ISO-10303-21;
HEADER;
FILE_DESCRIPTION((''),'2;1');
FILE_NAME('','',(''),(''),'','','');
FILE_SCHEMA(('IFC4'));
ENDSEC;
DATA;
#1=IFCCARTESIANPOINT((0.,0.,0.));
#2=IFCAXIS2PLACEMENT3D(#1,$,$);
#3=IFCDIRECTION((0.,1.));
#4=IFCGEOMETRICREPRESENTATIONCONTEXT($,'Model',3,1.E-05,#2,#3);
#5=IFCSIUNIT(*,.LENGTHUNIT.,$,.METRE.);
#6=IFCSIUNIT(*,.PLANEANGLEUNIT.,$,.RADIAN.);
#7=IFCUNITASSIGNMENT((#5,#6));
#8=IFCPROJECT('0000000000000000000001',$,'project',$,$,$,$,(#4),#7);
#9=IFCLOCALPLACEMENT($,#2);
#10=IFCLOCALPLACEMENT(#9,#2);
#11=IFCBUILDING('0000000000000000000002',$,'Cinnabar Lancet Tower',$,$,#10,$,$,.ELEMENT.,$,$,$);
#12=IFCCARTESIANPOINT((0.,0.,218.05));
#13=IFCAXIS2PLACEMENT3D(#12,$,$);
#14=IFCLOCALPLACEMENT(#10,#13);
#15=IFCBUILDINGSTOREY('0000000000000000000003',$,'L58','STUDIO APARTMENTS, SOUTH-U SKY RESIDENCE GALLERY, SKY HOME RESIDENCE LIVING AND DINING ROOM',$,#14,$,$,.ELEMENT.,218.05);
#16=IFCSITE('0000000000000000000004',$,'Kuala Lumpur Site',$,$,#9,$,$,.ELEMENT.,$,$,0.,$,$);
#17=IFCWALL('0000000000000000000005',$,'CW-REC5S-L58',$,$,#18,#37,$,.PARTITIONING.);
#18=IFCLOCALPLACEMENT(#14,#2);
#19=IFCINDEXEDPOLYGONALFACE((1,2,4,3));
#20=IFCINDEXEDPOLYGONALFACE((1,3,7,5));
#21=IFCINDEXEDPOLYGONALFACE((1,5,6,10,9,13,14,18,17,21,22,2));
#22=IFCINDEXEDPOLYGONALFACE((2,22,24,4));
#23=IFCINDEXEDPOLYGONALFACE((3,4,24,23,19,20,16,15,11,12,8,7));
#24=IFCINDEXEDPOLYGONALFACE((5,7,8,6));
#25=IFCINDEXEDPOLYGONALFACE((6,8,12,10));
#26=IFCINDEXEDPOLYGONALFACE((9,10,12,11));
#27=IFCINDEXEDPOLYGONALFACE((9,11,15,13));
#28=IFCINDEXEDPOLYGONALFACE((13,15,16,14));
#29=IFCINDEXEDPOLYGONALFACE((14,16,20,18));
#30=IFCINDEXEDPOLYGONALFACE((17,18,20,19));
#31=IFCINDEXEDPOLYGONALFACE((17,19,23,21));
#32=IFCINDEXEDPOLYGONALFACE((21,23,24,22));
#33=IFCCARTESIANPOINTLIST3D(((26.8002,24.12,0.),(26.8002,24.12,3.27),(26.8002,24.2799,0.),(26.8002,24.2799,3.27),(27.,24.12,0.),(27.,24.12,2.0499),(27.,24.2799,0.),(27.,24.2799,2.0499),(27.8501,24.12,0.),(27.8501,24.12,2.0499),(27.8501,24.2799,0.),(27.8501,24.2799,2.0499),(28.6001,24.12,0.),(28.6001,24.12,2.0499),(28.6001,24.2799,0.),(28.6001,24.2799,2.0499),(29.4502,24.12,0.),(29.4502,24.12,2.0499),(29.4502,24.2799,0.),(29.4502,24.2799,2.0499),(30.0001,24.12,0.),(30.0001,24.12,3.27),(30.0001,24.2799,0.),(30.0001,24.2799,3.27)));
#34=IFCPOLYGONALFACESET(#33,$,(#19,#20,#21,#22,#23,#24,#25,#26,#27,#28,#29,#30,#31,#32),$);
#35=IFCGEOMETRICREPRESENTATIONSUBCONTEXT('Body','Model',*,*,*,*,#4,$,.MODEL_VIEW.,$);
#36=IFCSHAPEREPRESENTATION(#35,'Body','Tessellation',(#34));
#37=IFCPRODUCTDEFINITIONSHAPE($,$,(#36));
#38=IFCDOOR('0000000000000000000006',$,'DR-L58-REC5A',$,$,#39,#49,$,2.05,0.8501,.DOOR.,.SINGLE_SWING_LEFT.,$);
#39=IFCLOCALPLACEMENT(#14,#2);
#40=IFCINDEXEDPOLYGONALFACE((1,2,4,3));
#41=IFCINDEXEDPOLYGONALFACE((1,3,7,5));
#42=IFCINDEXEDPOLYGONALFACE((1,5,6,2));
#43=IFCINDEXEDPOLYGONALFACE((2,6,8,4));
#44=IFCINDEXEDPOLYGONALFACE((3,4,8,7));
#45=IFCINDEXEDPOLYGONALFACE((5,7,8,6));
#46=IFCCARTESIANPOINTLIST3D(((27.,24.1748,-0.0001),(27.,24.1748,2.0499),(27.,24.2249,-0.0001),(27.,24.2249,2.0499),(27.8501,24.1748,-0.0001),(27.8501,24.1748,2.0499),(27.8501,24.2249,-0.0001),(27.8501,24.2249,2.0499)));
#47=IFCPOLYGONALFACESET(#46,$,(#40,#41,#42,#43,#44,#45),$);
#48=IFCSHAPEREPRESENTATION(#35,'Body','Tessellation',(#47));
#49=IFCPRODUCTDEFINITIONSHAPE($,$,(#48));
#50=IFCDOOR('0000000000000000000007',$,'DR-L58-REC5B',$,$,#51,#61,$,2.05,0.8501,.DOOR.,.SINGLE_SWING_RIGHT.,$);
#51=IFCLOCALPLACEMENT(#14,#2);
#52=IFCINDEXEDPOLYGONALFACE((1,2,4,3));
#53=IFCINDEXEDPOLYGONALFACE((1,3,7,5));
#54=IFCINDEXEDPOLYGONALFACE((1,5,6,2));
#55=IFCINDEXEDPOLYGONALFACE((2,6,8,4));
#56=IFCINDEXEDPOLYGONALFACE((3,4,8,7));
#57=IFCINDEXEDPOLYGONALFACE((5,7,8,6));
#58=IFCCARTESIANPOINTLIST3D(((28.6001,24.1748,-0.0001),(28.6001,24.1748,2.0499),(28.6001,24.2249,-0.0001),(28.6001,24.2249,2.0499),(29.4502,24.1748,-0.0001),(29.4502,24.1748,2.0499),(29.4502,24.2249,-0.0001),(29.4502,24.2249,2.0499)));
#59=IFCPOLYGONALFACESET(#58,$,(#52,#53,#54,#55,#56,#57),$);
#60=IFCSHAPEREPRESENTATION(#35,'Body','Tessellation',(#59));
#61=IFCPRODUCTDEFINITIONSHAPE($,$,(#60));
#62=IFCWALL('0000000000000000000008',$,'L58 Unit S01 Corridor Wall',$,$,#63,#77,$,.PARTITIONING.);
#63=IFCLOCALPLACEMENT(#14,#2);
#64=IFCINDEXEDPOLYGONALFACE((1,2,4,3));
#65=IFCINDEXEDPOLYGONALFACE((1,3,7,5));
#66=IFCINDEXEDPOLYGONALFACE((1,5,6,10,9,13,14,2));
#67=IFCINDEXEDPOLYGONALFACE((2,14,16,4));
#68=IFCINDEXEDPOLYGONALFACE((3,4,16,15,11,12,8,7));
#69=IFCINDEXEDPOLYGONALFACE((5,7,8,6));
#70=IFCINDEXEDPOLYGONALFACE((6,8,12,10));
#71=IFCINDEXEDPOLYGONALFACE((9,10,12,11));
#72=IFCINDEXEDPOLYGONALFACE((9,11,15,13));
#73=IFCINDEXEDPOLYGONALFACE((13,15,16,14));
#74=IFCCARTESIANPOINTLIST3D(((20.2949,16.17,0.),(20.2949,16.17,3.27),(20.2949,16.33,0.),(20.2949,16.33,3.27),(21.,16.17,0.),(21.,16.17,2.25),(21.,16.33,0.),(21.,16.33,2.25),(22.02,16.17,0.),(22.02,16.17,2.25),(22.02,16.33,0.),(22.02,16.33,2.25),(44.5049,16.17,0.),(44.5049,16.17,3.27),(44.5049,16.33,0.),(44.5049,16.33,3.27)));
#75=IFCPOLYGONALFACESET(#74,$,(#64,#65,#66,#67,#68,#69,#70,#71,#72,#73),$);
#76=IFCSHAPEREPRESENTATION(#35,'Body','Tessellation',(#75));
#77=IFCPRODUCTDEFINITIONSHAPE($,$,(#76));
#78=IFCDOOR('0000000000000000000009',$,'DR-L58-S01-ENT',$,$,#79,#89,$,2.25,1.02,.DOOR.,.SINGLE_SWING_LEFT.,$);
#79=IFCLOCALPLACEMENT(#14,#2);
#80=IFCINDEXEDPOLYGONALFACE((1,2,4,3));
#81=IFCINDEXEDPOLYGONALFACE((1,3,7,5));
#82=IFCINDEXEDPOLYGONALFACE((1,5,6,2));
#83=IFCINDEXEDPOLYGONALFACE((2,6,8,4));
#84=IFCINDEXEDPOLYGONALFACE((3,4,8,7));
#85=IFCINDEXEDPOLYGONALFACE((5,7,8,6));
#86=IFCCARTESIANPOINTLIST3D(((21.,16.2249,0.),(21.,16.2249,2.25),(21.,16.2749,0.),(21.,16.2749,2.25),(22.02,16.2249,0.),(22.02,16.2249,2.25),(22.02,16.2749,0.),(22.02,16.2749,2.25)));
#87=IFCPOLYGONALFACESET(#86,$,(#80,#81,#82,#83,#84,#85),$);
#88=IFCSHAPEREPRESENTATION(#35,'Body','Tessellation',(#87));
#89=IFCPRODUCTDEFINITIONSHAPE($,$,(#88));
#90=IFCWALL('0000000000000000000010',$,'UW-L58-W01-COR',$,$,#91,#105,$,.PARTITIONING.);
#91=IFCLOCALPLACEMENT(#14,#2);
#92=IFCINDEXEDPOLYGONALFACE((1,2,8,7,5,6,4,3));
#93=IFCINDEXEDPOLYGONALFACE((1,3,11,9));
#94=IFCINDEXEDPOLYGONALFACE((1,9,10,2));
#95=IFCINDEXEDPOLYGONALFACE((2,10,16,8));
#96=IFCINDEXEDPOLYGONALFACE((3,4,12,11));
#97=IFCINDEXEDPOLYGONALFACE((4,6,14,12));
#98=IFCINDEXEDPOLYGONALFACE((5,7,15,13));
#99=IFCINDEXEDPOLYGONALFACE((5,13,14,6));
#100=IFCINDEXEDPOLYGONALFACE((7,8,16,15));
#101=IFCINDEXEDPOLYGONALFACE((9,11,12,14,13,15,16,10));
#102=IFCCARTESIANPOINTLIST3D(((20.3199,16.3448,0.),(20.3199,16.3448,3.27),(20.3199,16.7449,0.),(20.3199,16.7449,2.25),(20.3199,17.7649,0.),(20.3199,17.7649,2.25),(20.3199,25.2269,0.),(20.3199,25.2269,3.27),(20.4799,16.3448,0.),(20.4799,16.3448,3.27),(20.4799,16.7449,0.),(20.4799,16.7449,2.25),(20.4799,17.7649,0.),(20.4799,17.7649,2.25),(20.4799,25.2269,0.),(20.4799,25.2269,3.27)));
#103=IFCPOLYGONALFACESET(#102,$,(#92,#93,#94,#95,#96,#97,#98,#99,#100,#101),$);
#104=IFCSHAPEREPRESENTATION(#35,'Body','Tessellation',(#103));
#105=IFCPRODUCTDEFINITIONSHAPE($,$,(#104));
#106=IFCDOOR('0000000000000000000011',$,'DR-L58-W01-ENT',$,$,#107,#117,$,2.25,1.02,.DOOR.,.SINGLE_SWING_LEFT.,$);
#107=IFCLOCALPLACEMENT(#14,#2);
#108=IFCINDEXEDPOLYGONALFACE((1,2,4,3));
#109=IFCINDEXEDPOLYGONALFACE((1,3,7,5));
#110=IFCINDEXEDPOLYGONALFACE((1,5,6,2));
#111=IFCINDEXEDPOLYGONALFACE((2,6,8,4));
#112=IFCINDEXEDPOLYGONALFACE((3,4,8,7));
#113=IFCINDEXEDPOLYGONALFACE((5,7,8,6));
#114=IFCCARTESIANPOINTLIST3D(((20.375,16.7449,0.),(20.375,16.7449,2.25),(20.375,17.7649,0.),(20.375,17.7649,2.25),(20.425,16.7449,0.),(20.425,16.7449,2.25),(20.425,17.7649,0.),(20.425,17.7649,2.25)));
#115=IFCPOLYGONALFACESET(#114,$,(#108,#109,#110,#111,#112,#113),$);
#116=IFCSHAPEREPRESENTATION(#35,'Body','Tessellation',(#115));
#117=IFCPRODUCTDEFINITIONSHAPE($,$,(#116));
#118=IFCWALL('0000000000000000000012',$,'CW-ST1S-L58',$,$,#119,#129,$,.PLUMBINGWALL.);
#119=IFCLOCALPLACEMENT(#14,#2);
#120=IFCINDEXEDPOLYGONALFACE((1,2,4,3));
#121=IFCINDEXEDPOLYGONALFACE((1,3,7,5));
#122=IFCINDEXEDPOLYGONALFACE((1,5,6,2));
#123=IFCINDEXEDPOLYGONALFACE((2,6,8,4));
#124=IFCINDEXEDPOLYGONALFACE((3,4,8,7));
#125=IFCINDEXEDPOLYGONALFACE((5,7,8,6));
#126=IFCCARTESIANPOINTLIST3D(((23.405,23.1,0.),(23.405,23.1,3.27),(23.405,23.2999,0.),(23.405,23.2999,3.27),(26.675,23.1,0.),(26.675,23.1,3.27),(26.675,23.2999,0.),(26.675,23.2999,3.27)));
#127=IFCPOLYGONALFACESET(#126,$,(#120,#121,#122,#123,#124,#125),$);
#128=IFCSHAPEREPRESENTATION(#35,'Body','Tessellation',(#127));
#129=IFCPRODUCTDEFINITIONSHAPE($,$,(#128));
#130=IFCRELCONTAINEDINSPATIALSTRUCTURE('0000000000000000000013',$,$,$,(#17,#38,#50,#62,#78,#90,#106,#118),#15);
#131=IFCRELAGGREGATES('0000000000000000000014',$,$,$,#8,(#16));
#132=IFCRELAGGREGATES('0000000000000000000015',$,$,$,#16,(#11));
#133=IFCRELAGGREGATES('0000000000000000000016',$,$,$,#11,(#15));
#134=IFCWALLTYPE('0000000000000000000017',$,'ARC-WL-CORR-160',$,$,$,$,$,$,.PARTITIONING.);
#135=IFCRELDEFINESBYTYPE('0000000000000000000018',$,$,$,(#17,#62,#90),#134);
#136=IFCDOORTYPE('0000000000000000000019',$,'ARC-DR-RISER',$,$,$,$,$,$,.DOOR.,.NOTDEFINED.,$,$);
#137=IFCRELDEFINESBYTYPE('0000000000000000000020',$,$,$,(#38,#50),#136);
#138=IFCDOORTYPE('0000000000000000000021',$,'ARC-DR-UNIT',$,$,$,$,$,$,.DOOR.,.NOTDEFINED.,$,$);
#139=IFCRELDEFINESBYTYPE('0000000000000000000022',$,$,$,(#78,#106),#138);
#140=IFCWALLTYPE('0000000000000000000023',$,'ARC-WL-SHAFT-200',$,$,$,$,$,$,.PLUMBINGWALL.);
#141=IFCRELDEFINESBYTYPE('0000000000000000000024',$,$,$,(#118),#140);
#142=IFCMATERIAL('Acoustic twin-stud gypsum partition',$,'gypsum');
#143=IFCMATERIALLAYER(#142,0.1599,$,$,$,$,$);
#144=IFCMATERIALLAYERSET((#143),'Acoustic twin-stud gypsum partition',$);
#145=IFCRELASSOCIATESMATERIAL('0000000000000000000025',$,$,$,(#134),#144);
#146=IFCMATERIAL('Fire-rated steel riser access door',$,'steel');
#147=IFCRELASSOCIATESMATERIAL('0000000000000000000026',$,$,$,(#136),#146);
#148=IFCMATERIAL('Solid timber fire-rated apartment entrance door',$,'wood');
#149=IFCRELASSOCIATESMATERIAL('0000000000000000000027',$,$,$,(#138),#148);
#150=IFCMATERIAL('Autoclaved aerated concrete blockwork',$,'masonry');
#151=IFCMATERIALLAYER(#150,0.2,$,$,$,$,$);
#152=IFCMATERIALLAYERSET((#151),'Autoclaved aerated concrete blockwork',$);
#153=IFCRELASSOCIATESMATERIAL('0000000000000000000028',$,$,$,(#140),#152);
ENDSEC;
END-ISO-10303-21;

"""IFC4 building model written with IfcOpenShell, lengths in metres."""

from ifc_helpers import new_model, si_unit, direction, frame, frame_2d, origin, place, context, subcontext, project, spatial, rectangle, extrude, material, layer, layer_set, type_object, element, fill, save


model = new_model("IFC4")

# Units and contexts
model_context = context("Model", 3, precision=1e-05, world=origin(), true_north=direction((0.0, 1.0)))
body_context = subcontext(model_context, "Body", "Model", "MODEL_VIEW")
ifc_project = project(units=[si_unit("LENGTHUNIT", "METRE"), si_unit("PLANEANGLEUNIT", "RADIAN")], contexts=[model_context])

# Site, building, storey
site_placement = place(None, origin())
site = spatial("IfcSite", under=ifc_project, at=site_placement, Name="Kuala Lumpur Site", CompositionType="ELEMENT", RefElevation=0.0)
building_placement = place(site_placement, origin())
building = spatial("IfcBuilding", under=site, at=building_placement, Name="Cinnabar Lancet Tower", CompositionType="ELEMENT")
storey_placement = place(building_placement, frame((0.0, 0.0, 218.05)))
storey = spatial("IfcBuildingStorey", under=building, at=storey_placement, Name="L58", Description="STUDIO APARTMENTS, SOUTH-U SKY RESIDENCE GALLERY, SKY HOME RESIDENCE LIVING AND DINING ROOM", CompositionType="ELEMENT", Elevation=218.05)

# Wall, openings, doors
ifc_material_1 = material(Name="Acoustic twin-stud gypsum partition", Category="gypsum")
ifc_layer_1 = layer(ifc_material_1, 0.1599)
ifc_layer_set_1 = layer_set([ifc_layer_1], Name="Acoustic twin-stud gypsum partition")
wall_type_1 = type_object("IfcWallType", Name="ARC-WL-CORR-160", PredefinedType="PARTITIONING", material=ifc_layer_set_1)
wall_1_placement = place(storey_placement, frame((26.8, 24.2, 0.0), z_axis=(0.0, 0.0, 1.0), x_axis=(1.0, 0.0, 0.0)))
wall_1 = element("IfcWall", 1, at=wall_1_placement, inside=storey, type_object=wall_type_1, Name="CW-REC5S-L58", PredefinedType="PARTITIONING", context=body_context, shape_type="SweptSolid", body=[
    extrude(rectangle(XDim=3.2, YDim=0.1599, at=frame_2d((1.6001, 0.0))), origin(), (0.0, 0.0, 1.0), 3.27),
])
opening_1_placement = place(wall_1_placement, frame((0.2, 0.0, 0.0)))
opening_1 = element("IfcOpeningElement", 2, at=opening_1_placement, cuts=wall_1, PredefinedType="OPENING", context=body_context, shape_type="SweptSolid", body=[
    extrude(rectangle(XDim=0.8501, YDim=2.05, at=frame_2d((0.425, 1.0249))), frame((0.0, 0.0898, 0.0), z_axis=(0.0, -1.0, 0.0), x_axis=(1.0, 0.0, 0.0)), (0.0, 0.0, 1.0), 0.1799),
])
opening_2_placement = place(wall_1_placement, frame((1.8, 0.0, 0.0)))
opening_2 = element("IfcOpeningElement", 3, at=opening_2_placement, cuts=wall_1, PredefinedType="OPENING", context=body_context, shape_type="SweptSolid", body=[
    extrude(rectangle(XDim=0.8501, YDim=2.05, at=frame_2d((0.425, 1.0249))), frame((0.0, 0.0898, 0.0), z_axis=(0.0, -1.0, 0.0), x_axis=(1.0, 0.0, 0.0)), (0.0, 0.0, 1.0), 0.1799),
])
ifc_material_2 = material(Name="Fire-rated steel riser access door", Category="steel")
door_type_1 = type_object("IfcDoorType", Name="ARC-DR-RISER", OperationType="NOTDEFINED", PredefinedType="DOOR", material=ifc_material_2)
door_1_placement = place(opening_1_placement, origin())
door_1 = element("IfcDoor", 4, at=door_1_placement, inside=storey, type_object=door_type_1, Name="DR-L58-REC5A", OperationType="SINGLE_SWING_LEFT", OverallHeight=2.05, OverallWidth=0.8501, PredefinedType="DOOR", context=body_context, shape_type="SweptSolid", body=[
    extrude(rectangle(XDim=0.8501, YDim=2.05, at=frame_2d((0.425, 1.0249))), frame((0.0, 0.0249, 0.0), z_axis=(0.0, -1.0, 0.0), x_axis=(1.0, 0.0, 0.0)), (0.0, 0.0, 1.0), 0.05),
])
fill(opening_1, door_1)
door_2_placement = place(opening_2_placement, origin())
door_2 = element("IfcDoor", 5, at=door_2_placement, inside=storey, type_object=door_type_1, Name="DR-L58-REC5B", OperationType="SINGLE_SWING_RIGHT", OverallHeight=2.05, OverallWidth=0.8501, PredefinedType="DOOR", context=body_context, shape_type="SweptSolid", body=[
    extrude(rectangle(XDim=0.8501, YDim=2.05, at=frame_2d((0.425, 1.0249))), frame((0.0, 0.0249, 0.0), z_axis=(0.0, -1.0, 0.0), x_axis=(1.0, 0.0, 0.0)), (0.0, 0.0, 1.0), 0.05),
])
fill(opening_2, door_2)

# Walls, openings, doors
wall_2_placement = place(storey_placement, frame((20.2949, 16.25, 0.0), z_axis=(0.0, 0.0, 1.0), x_axis=(1.0, 0.0, 0.0)))
wall_2 = element("IfcWall", 6, at=wall_2_placement, inside=storey, type_object=wall_type_1, Name="L58 Unit S01 Corridor Wall", PredefinedType="PARTITIONING", context=body_context, shape_type="SweptSolid", body=[
    extrude(rectangle(XDim=24.21, YDim=0.1599, at=frame_2d((12.105, 0.0))), origin(), (0.0, 0.0, 1.0), 3.27),
])
opening_3_placement = place(wall_2_placement, frame((0.7051, 0.0, 0.0)))
opening_3 = element("IfcOpeningElement", 7, at=opening_3_placement, cuts=wall_2, PredefinedType="OPENING", context=body_context, shape_type="SweptSolid", body=[
    extrude(rectangle(XDim=1.02, YDim=2.25, at=frame_2d((0.51, 1.125))), frame((0.0, 0.0898, 0.0), z_axis=(0.0, -1.0, 0.0), x_axis=(1.0, 0.0, 0.0)), (0.0, 0.0, 1.0), 0.1799),
])
ifc_material_3 = material(Name="Solid timber fire-rated apartment entrance door", Category="wood")
door_type_2 = type_object("IfcDoorType", Name="ARC-DR-UNIT", OperationType="NOTDEFINED", PredefinedType="DOOR", material=ifc_material_3)
door_3_placement = place(opening_3_placement, origin())
door_3 = element("IfcDoor", 8, at=door_3_placement, inside=storey, type_object=door_type_2, Name="DR-L58-S01-ENT", OperationType="SINGLE_SWING_LEFT", OverallHeight=2.25, OverallWidth=1.02, PredefinedType="DOOR", context=body_context, shape_type="SweptSolid", body=[
    extrude(rectangle(XDim=1.02, YDim=2.25, at=frame_2d((0.51, 1.125))), frame((0.0, 0.0249, 0.0), z_axis=(0.0, -1.0, 0.0), x_axis=(1.0, 0.0, 0.0)), (0.0, 0.0, 1.0), 0.05),
])
fill(opening_3, door_3)
wall_3_placement = place(storey_placement, frame((20.3999, 16.345, 0.0), z_axis=(0.0, 0.0, 1.0), x_axis=(0.0, 1.0, 0.0)))
wall_3 = element("IfcWall", 9, at=wall_3_placement, inside=storey, type_object=wall_type_1, Name="UW-L58-W01-COR", PredefinedType="PARTITIONING", context=body_context, shape_type="SweptSolid", body=[
    extrude(rectangle(XDim=8.8821, YDim=0.1599, at=frame_2d((4.4409, 0.0))), origin(), (0.0, 0.0, 1.0), 3.27),
])
opening_4_placement = place(wall_3_placement, frame((0.3999, 0.0, 0.0)))
opening_4 = element("IfcOpeningElement", 10, at=opening_4_placement, cuts=wall_3, PredefinedType="OPENING", context=body_context, shape_type="SweptSolid", body=[
    extrude(rectangle(XDim=1.02, YDim=2.25, at=frame_2d((0.51, 1.125))), frame((0.0, 0.0898, 0.0), z_axis=(0.0, -1.0, 0.0), x_axis=(1.0, 0.0, 0.0)), (0.0, 0.0, 1.0), 0.1799),
])
door_4_placement = place(opening_4_placement, origin())
door_4 = element("IfcDoor", 11, at=door_4_placement, inside=storey, type_object=door_type_2, Name="DR-L58-W01-ENT", OperationType="SINGLE_SWING_LEFT", OverallHeight=2.25, OverallWidth=1.02, PredefinedType="DOOR", context=body_context, shape_type="SweptSolid", body=[
    extrude(rectangle(XDim=1.02, YDim=2.25, at=frame_2d((0.51, 1.125))), frame((0.0, 0.0249, 0.0), z_axis=(0.0, -1.0, 0.0), x_axis=(1.0, 0.0, 0.0)), (0.0, 0.0, 1.0), 0.05),
])
fill(opening_4, door_4)

# Wall
ifc_material_4 = material(Name="Autoclaved aerated concrete blockwork", Category="masonry")
ifc_layer_2 = layer(ifc_material_4, 0.2)
ifc_layer_set_2 = layer_set([ifc_layer_2], Name="Autoclaved aerated concrete blockwork")
wall_type_2 = type_object("IfcWallType", Name="ARC-WL-SHAFT-200", PredefinedType="PLUMBINGWALL", material=ifc_layer_set_2)
wall_4_placement = place(storey_placement, frame((23.405, 23.2, 0.0), z_axis=(0.0, 0.0, 1.0), x_axis=(1.0, 0.0, 0.0)))
element("IfcWall", 12, at=wall_4_placement, inside=storey, type_object=wall_type_2, Name="CW-ST1S-L58", PredefinedType="PLUMBINGWALL", context=body_context, shape_type="SweptSolid", body=[
    extrude(rectangle(XDim=3.27, YDim=0.2, at=frame_2d((1.635, 0.0))), origin(), (0.0, 0.0, 1.0), 3.27),
])

save(model, "model.ifc")
